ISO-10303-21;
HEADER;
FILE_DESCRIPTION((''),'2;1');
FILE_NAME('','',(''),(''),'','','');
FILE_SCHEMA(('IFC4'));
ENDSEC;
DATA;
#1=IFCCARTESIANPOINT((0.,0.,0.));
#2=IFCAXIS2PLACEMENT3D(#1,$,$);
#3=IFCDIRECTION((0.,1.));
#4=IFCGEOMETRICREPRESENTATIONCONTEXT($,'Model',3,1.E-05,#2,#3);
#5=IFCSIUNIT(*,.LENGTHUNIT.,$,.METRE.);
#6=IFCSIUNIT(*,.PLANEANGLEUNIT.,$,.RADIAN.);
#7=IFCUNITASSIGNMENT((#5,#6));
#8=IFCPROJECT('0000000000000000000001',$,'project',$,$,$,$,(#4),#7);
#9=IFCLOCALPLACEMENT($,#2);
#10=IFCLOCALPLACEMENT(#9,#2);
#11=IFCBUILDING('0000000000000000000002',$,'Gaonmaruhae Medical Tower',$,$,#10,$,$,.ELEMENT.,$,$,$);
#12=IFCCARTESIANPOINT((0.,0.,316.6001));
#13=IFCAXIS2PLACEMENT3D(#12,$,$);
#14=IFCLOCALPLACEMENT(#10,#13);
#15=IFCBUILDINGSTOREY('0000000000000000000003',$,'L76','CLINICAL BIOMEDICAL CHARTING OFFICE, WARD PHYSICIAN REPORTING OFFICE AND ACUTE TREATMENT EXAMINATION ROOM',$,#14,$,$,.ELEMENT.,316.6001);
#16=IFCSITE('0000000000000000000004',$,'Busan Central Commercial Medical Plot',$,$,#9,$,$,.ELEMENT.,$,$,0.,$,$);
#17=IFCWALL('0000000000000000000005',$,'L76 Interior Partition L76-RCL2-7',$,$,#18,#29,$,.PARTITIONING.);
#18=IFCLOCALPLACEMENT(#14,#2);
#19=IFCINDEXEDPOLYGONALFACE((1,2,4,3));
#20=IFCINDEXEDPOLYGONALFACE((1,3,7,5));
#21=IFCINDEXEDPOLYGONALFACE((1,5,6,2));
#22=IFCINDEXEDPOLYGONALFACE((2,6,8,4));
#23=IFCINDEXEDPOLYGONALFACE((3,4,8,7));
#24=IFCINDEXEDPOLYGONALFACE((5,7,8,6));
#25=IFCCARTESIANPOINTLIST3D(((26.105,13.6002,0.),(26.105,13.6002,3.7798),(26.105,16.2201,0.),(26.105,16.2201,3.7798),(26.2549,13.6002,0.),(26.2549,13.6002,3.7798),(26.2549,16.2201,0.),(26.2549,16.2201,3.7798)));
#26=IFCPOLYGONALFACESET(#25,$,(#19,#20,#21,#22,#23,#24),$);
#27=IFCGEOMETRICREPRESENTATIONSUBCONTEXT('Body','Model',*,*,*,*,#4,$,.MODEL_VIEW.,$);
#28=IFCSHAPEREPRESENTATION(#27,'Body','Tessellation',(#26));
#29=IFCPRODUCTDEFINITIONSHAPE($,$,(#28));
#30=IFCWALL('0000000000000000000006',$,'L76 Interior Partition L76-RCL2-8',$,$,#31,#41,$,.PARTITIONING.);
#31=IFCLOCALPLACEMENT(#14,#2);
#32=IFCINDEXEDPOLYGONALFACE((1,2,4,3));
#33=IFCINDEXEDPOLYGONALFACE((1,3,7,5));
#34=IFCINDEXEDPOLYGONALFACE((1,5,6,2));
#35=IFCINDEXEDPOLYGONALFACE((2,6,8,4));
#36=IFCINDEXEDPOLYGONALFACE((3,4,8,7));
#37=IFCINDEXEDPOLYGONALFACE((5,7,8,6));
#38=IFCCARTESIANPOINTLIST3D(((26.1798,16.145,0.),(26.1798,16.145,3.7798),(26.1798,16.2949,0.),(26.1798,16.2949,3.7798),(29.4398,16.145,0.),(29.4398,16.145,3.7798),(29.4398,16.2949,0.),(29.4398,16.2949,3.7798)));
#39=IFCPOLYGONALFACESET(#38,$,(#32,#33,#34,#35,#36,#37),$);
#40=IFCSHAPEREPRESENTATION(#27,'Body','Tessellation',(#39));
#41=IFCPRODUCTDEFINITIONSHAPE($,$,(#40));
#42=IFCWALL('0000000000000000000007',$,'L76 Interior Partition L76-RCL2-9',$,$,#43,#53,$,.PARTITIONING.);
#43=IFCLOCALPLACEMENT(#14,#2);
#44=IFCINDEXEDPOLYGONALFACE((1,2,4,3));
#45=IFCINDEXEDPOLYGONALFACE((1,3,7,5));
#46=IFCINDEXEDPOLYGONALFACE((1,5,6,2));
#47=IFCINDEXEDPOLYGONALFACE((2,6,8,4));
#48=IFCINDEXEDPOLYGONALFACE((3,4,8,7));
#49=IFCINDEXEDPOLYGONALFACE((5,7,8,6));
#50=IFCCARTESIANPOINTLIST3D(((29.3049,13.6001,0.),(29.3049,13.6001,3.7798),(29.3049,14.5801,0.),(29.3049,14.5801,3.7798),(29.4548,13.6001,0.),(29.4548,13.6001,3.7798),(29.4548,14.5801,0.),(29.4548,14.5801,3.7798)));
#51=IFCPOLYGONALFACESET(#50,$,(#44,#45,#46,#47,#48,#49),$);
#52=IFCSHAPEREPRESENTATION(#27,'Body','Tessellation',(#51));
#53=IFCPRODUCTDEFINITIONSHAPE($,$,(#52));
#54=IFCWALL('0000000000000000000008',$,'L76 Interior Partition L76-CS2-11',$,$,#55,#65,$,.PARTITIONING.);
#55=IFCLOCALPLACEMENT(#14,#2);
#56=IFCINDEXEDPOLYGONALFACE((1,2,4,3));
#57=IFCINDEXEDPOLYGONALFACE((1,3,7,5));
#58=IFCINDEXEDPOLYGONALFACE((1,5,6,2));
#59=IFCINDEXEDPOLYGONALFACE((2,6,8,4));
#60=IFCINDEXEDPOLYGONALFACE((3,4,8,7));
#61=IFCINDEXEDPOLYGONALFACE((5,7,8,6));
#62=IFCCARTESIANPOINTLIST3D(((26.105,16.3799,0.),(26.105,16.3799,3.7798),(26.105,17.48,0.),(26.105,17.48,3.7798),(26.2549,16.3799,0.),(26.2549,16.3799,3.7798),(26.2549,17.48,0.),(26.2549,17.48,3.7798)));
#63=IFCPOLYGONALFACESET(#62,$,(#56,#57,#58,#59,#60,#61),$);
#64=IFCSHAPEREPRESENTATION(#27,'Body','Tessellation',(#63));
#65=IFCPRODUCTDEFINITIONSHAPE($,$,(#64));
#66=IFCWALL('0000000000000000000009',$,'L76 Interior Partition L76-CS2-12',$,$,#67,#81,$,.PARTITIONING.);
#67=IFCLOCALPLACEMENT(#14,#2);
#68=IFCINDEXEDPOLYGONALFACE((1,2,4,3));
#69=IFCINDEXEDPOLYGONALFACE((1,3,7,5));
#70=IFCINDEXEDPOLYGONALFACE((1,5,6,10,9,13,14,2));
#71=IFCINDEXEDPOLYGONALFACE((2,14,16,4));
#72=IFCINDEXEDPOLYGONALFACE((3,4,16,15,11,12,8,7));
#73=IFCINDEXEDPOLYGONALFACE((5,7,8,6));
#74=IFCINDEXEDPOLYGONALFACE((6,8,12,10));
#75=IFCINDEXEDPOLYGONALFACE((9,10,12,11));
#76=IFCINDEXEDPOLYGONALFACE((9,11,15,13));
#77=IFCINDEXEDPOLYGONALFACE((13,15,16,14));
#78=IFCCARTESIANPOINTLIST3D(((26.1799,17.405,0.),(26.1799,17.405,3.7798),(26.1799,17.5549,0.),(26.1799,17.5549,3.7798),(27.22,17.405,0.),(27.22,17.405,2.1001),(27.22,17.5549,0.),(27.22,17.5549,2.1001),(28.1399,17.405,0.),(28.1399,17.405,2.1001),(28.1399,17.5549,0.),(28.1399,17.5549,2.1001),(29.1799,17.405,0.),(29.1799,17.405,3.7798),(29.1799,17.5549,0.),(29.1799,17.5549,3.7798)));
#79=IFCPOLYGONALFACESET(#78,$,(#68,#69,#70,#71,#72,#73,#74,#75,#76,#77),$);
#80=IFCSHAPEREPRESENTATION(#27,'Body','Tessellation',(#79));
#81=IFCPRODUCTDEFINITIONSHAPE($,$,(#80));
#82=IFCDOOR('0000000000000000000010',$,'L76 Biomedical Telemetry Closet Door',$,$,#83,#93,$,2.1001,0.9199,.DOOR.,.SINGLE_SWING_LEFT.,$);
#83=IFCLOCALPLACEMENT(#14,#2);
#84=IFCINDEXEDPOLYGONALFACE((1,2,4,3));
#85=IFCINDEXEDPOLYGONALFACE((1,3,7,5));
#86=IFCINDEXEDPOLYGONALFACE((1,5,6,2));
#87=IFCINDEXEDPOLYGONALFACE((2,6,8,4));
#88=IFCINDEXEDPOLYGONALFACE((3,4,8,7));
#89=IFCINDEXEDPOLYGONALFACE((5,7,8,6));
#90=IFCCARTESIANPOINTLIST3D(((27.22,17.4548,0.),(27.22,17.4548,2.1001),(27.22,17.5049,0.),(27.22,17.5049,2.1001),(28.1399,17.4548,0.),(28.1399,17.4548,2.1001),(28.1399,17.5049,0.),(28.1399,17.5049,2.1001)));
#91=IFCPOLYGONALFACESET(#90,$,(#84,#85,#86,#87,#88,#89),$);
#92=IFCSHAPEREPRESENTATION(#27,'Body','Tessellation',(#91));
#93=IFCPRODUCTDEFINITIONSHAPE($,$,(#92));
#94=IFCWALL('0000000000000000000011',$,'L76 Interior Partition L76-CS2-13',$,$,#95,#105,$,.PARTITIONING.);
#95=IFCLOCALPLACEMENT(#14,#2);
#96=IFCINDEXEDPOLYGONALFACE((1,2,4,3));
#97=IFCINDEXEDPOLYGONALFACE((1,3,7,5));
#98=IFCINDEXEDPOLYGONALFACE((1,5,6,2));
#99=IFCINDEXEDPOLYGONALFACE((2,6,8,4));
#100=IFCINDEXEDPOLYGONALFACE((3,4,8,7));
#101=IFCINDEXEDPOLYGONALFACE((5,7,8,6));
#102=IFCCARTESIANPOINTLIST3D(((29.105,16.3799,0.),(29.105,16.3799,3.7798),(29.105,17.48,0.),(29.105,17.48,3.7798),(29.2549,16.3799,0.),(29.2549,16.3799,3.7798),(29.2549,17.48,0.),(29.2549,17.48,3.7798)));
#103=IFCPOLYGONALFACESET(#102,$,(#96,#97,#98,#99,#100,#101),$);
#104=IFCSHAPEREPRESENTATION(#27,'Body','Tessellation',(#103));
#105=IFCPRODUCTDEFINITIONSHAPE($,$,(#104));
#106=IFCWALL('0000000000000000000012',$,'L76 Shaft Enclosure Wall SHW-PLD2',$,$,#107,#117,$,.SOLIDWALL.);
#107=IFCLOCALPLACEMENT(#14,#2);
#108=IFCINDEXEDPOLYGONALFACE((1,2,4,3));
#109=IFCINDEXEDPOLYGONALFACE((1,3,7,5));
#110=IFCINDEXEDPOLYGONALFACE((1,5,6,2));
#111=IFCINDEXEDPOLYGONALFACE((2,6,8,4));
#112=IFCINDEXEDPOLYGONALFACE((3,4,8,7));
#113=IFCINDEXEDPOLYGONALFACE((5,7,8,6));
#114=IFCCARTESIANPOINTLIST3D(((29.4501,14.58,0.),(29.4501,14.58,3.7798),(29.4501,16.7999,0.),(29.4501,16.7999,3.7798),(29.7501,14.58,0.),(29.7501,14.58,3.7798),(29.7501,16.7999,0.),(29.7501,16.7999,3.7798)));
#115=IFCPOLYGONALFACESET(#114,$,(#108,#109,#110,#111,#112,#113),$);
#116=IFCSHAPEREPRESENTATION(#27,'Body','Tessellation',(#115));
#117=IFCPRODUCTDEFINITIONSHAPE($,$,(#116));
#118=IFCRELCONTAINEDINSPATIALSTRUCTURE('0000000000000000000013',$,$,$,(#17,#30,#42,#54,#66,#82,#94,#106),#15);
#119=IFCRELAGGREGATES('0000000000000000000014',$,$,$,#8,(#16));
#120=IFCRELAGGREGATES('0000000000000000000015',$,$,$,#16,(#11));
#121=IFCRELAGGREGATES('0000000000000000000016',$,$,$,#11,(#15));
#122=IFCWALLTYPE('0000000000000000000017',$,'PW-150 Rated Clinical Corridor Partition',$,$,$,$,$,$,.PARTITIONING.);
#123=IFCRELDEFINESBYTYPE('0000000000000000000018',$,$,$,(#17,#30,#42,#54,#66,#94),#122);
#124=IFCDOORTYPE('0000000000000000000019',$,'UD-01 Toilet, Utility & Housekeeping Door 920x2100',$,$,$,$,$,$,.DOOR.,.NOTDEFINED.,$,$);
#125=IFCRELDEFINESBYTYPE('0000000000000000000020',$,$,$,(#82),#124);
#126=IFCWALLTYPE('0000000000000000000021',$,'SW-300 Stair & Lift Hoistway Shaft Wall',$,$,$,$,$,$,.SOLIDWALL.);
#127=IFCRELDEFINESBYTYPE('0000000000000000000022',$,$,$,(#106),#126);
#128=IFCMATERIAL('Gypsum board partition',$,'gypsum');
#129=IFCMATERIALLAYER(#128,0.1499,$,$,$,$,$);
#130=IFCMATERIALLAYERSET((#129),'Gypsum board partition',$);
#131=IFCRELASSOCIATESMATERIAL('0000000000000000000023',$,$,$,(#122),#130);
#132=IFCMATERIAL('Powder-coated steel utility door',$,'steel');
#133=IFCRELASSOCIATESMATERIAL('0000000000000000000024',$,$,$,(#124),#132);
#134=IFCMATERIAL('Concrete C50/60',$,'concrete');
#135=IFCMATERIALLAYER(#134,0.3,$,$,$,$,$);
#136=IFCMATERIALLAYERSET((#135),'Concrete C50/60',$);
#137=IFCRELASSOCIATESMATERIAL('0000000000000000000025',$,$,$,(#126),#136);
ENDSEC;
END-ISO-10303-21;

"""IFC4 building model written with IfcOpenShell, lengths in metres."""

from ifc_helpers import new_model, si_unit, direction, frame, frame_2d, origin, place, context, subcontext, project, spatial, rectangle, extrude, material, layer, layer_set, type_object, element, fill, save


model = new_model("IFC4")

# Units and contexts
model_context = context("Model", 3, precision=1e-05, world=origin(), true_north=direction((0.0, 1.0)))
body_context = subcontext(model_context, "Body", "Model", "MODEL_VIEW")
ifc_project = project(units=[si_unit("LENGTHUNIT", "METRE"), si_unit("PLANEANGLEUNIT", "RADIAN")], contexts=[model_context])

# Site, building, storey
site_placement = place(None, origin())
site = spatial("IfcSite", under=ifc_project, at=site_placement, Name="Busan Central Commercial Medical Plot", CompositionType="ELEMENT", RefElevation=0.0)
building_placement = place(site_placement, origin())
building = spatial("IfcBuilding", under=site, at=building_placement, Name="Gaonmaruhae Medical Tower", CompositionType="ELEMENT")
storey_placement = place(building_placement, frame((0.0, 0.0, 316.6001)))
storey = spatial("IfcBuildingStorey", under=building, at=storey_placement, Name="L76", Description="CLINICAL BIOMEDICAL CHARTING OFFICE, WARD PHYSICIAN REPORTING OFFICE AND ACUTE TREATMENT EXAMINATION ROOM", CompositionType="ELEMENT", Elevation=316.6001)

# Shared definitions
ifc_material_1 = material(Name="Concrete C50/60", Category="concrete")

# Walls
ifc_material_2 = material(Name="Gypsum board partition", Category="gypsum")
ifc_layer_1 = layer(ifc_material_2, 0.1499)
ifc_layer_set_1 = layer_set([ifc_layer_1], Name="Gypsum board partition")
wall_type_1 = type_object("IfcWallType", Name="PW-150 Rated Clinical Corridor Partition", PredefinedType="PARTITIONING", material=ifc_layer_set_1)
wall_1_placement = place(storey_placement, frame((26.1799, 13.6001, 0.0), z_axis=(0.0, 0.0, 1.0), x_axis=(0.0, 1.0, 0.0)))
element("IfcWall", 1, at=wall_1_placement, inside=storey, type_object=wall_type_1, Name="L76 Interior Partition L76-RCL2-7", PredefinedType="PARTITIONING", context=body_context, shape_type="SweptSolid", body=[
    extrude(rectangle(XDim=2.6199, YDim=0.1499, at=frame_2d((1.3101, 0.0))), origin(), (0.0, 0.0, 1.0), 3.7798),
])
wall_2_placement = place(storey_placement, frame((26.1799, 16.22, 0.0), z_axis=(0.0, 0.0, 1.0), x_axis=(1.0, 0.0, 0.0)))
element("IfcWall", 2, at=wall_2_placement, inside=storey, type_object=wall_type_1, Name="L76 Interior Partition L76-RCL2-8", PredefinedType="PARTITIONING", context=body_context, shape_type="SweptSolid", body=[
    extrude(rectangle(XDim=3.26, YDim=0.1499, at=frame_2d((1.6299, 0.0))), origin(), (0.0, 0.0, 1.0), 3.7798),
])
wall_3_placement = place(storey_placement, frame((29.3799, 14.5801, 0.0), z_axis=(0.0, 0.0, 1.0), x_axis=(0.0, -1.0, 0.0)))
element("IfcWall", 3, at=wall_3_placement, inside=storey, type_object=wall_type_1, Name="L76 Interior Partition L76-RCL2-9", PredefinedType="PARTITIONING", context=body_context, shape_type="SweptSolid", body=[
    extrude(rectangle(XDim=0.98, YDim=0.1499, at=frame_2d((0.49, 0.0))), origin(), (0.0, 0.0, 1.0), 3.7798),
])

# Wall
wall_4_placement = place(storey_placement, frame((26.1799, 16.3799, 0.0), z_axis=(0.0, 0.0, 1.0), x_axis=(0.0, 1.0, 0.0)))
element("IfcWall", 4, at=wall_4_placement, inside=storey, type_object=wall_type_1, Name="L76 Interior Partition L76-CS2-11", PredefinedType="PARTITIONING", context=body_context, shape_type="SweptSolid", body=[
    extrude(rectangle(XDim=1.1001, YDim=0.1499, at=frame_2d((0.55, 0.0))), origin(), (0.0, 0.0, 1.0), 3.7798),
])

# Wall, opening, door
wall_5_placement = place(storey_placement, frame((26.1799, 17.48, 0.0), z_axis=(0.0, 0.0, 1.0), x_axis=(1.0, 0.0, 0.0)))
wall_5 = element("IfcWall", 5, at=wall_5_placement, inside=storey, type_object=wall_type_1, Name="L76 Interior Partition L76-CS2-12", PredefinedType="PARTITIONING", context=body_context, shape_type="SweptSolid", body=[
    extrude(rectangle(XDim=3.0, YDim=0.1499, at=frame_2d((1.5, 0.0))), origin(), (0.0, 0.0, 1.0), 3.7798),
])
opening_1_placement = place(wall_5_placement, frame((1.04, 0.0, 0.0)))
opening_1 = element("IfcOpeningElement", 6, at=opening_1_placement, cuts=wall_5, PredefinedType="OPENING", context=body_context, shape_type="SweptSolid", body=[
    extrude(rectangle(XDim=0.9199, YDim=2.1001, at=frame_2d((0.46, 1.05))), frame((0.0, 0.085, 0.0), z_axis=(0.0, -1.0, 0.0), x_axis=(1.0, 0.0, 0.0)), (0.0, 0.0, 1.0), 0.1699),
])
ifc_material_3 = material(Name="Powder-coated steel utility door", Category="steel")
door_type_1 = type_object("IfcDoorType", Name="UD-01 Toilet, Utility & Housekeeping Door 920x2100", OperationType="NOTDEFINED", PredefinedType="DOOR", material=ifc_material_3)
door_1_placement = place(opening_1_placement, origin())
door_1 = element("IfcDoor", 7, at=door_1_placement, inside=storey, type_object=door_type_1, Name="L76 Biomedical Telemetry Closet Door", OperationType="SINGLE_SWING_LEFT", OverallHeight=2.1001, OverallWidth=0.9199, PredefinedType="DOOR", context=body_context, shape_type="SweptSolid", body=[
    extrude(rectangle(XDim=0.9199, YDim=2.1001, at=frame_2d((0.46, 1.05))), frame((0.0, 0.0249, 0.0), z_axis=(0.0, -1.0, 0.0), x_axis=(1.0, 0.0, 0.0)), (0.0, 0.0, 1.0), 0.05),
])
fill(opening_1, door_1)

# Wall
wall_6_placement = place(storey_placement, frame((29.1799, 17.48, 0.0), z_axis=(0.0, 0.0, 1.0), x_axis=(0.0, -1.0, 0.0)))
element("IfcWall", 8, at=wall_6_placement, inside=storey, type_object=wall_type_1, Name="L76 Interior Partition L76-CS2-13", PredefinedType="PARTITIONING", context=body_context, shape_type="SweptSolid", body=[
    extrude(rectangle(XDim=1.1001, YDim=0.1499, at=frame_2d((0.55, 0.0))), origin(), (0.0, 0.0, 1.0), 3.7798),
])

# Shared definitions
ifc_layer_2 = layer(ifc_material_1, 0.3)
ifc_layer_set_2 = layer_set([ifc_layer_2], Name="Concrete C50/60")
wall_type_2 = type_object("IfcWallType", Name="SW-300 Stair & Lift Hoistway Shaft Wall", PredefinedType="SOLIDWALL", material=ifc_layer_set_2)

# Wall
wall_7_placement = place(storey_placement, frame((29.6001, 14.5801, 0.0), z_axis=(0.0, 0.0, 1.0), x_axis=(0.0, 1.0, 0.0)))
element("IfcWall", 9, at=wall_7_placement, inside=storey, type_object=wall_type_2, Name="L76 Shaft Enclosure Wall SHW-PLD2", PredefinedType="SOLIDWALL", context=body_context, shape_type="SweptSolid", body=[
    extrude(rectangle(XDim=2.22, YDim=0.3, at=frame_2d((1.1099, 0.0))), origin(), (0.0, 0.0, 1.0), 3.7798),
])

save(model, "model.ifc")
